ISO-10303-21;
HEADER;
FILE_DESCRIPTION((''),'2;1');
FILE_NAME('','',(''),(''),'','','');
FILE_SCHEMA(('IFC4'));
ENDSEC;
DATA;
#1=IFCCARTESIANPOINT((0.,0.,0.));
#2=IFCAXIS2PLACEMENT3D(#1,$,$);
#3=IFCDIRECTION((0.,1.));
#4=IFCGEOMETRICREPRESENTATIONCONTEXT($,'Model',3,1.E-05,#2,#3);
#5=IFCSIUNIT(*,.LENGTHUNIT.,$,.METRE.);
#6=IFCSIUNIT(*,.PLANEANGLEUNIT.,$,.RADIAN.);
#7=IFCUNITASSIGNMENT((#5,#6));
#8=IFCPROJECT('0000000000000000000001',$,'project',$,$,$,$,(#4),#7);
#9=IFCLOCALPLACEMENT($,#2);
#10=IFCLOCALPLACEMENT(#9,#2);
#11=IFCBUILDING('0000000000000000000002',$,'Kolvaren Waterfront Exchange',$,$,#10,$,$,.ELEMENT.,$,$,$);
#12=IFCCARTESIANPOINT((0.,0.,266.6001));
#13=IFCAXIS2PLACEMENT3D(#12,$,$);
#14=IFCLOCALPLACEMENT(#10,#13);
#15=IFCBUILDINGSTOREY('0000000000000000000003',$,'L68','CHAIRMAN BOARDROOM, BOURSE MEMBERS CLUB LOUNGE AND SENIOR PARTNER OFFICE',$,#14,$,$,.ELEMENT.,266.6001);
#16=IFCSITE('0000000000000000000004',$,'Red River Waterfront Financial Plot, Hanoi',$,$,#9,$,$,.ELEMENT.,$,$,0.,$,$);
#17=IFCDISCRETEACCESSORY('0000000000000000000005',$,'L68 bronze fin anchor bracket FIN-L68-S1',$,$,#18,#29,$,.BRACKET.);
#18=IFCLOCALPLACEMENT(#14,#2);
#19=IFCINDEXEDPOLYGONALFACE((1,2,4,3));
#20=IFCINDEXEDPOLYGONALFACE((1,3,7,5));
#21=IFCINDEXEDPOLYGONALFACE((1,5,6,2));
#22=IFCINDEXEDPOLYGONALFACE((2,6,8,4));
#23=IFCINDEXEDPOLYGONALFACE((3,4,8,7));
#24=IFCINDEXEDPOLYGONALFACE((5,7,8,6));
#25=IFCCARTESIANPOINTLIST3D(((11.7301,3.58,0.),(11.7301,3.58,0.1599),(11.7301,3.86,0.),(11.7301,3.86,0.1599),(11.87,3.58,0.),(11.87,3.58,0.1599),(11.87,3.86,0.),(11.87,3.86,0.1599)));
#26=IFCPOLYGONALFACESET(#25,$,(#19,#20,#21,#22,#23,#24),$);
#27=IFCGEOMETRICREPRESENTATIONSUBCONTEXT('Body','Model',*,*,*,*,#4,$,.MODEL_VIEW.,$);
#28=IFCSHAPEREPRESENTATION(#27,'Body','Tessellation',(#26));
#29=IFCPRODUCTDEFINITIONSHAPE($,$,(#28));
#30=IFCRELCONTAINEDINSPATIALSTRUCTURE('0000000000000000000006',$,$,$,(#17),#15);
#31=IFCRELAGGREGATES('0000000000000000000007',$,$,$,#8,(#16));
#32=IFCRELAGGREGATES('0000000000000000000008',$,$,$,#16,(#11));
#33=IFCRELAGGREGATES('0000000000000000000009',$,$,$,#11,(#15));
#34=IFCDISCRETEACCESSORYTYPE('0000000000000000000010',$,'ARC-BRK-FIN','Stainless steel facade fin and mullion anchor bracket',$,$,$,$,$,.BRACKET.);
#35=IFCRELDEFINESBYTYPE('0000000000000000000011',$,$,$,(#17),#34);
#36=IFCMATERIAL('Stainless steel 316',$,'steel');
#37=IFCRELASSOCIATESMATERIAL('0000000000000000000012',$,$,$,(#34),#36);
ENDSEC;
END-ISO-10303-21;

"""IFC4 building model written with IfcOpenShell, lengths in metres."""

from ifc_helpers import new_model, si_unit, direction, frame, origin, origin_with_axes, origin_2d, place, context, subcontext, project, spatial, rectangle, extrude, source, transform, mapped, material, type_object, element, save


model = new_model("IFC4")

# Units and contexts
model_context = context("Model", 3, precision=1e-05, world=origin(), true_north=direction((0.0, 1.0)))
body_context = subcontext(model_context, "Body", "Model", "MODEL_VIEW")
ifc_project = project(units=[si_unit("LENGTHUNIT", "METRE"), si_unit("PLANEANGLEUNIT", "RADIAN")], contexts=[model_context])

# Site, building, storey
site_placement = place(None, origin())
site = spatial("IfcSite", under=ifc_project, at=site_placement, Name="Red River Waterfront Financial Plot, Hanoi", CompositionType="ELEMENT", RefElevation=0.0)
building_placement = place(site_placement, origin())
building = spatial("IfcBuilding", under=site, at=building_placement, Name="Kolvaren Waterfront Exchange", CompositionType="ELEMENT")
storey_placement = place(building_placement, frame((0.0, 0.0, 266.6001)))
storey = spatial("IfcBuildingStorey", under=building, at=storey_placement, Name="L68", Description="CHAIRMAN BOARDROOM, BOURSE MEMBERS CLUB LOUNGE AND SENIOR PARTNER OFFICE", CompositionType="ELEMENT", Elevation=266.6001)

# Discrete accessory
ifc_material_1 = material(Name="Stainless steel 316", Category="steel")
discrete_accessory_type = type_object("IfcDiscreteAccessoryType", Name="ARC-BRK-FIN", Description="Stainless steel facade fin and mullion anchor bracket", PredefinedType="BRACKET", material=ifc_material_1)
shared_shape_1 = source(origin_with_axes(), body_context, "Body", "SweptSolid", [
    extrude(rectangle(XDim=0.28, YDim=0.1399, at=origin_2d()), origin(), (0.0, 0.0, 1.0), 0.1599),
])
discrete_accessory_placement = place(storey_placement, frame((11.8, 3.72, 0.0), z_axis=(0.0, 0.0, 1.0), x_axis=(0.0, -1.0, 0.0)))
element("IfcDiscreteAccessory", 1, at=discrete_accessory_placement, inside=storey, type_object=discrete_accessory_type, Name="L68 bronze fin anchor bracket FIN-L68-S1", PredefinedType="BRACKET", context=body_context, shape_type="MappedRepresentation", body=[
    mapped(shared_shape_1, transform((0.0, 0.0, 0.0), x_axis=(1.0, 0.0, 0.0), y_axis=(0.0, 1.0, 0.0), z_axis=(0.0, 0.0, 1.0), scale=1.0)),
])

save(model, "model.ifc")
